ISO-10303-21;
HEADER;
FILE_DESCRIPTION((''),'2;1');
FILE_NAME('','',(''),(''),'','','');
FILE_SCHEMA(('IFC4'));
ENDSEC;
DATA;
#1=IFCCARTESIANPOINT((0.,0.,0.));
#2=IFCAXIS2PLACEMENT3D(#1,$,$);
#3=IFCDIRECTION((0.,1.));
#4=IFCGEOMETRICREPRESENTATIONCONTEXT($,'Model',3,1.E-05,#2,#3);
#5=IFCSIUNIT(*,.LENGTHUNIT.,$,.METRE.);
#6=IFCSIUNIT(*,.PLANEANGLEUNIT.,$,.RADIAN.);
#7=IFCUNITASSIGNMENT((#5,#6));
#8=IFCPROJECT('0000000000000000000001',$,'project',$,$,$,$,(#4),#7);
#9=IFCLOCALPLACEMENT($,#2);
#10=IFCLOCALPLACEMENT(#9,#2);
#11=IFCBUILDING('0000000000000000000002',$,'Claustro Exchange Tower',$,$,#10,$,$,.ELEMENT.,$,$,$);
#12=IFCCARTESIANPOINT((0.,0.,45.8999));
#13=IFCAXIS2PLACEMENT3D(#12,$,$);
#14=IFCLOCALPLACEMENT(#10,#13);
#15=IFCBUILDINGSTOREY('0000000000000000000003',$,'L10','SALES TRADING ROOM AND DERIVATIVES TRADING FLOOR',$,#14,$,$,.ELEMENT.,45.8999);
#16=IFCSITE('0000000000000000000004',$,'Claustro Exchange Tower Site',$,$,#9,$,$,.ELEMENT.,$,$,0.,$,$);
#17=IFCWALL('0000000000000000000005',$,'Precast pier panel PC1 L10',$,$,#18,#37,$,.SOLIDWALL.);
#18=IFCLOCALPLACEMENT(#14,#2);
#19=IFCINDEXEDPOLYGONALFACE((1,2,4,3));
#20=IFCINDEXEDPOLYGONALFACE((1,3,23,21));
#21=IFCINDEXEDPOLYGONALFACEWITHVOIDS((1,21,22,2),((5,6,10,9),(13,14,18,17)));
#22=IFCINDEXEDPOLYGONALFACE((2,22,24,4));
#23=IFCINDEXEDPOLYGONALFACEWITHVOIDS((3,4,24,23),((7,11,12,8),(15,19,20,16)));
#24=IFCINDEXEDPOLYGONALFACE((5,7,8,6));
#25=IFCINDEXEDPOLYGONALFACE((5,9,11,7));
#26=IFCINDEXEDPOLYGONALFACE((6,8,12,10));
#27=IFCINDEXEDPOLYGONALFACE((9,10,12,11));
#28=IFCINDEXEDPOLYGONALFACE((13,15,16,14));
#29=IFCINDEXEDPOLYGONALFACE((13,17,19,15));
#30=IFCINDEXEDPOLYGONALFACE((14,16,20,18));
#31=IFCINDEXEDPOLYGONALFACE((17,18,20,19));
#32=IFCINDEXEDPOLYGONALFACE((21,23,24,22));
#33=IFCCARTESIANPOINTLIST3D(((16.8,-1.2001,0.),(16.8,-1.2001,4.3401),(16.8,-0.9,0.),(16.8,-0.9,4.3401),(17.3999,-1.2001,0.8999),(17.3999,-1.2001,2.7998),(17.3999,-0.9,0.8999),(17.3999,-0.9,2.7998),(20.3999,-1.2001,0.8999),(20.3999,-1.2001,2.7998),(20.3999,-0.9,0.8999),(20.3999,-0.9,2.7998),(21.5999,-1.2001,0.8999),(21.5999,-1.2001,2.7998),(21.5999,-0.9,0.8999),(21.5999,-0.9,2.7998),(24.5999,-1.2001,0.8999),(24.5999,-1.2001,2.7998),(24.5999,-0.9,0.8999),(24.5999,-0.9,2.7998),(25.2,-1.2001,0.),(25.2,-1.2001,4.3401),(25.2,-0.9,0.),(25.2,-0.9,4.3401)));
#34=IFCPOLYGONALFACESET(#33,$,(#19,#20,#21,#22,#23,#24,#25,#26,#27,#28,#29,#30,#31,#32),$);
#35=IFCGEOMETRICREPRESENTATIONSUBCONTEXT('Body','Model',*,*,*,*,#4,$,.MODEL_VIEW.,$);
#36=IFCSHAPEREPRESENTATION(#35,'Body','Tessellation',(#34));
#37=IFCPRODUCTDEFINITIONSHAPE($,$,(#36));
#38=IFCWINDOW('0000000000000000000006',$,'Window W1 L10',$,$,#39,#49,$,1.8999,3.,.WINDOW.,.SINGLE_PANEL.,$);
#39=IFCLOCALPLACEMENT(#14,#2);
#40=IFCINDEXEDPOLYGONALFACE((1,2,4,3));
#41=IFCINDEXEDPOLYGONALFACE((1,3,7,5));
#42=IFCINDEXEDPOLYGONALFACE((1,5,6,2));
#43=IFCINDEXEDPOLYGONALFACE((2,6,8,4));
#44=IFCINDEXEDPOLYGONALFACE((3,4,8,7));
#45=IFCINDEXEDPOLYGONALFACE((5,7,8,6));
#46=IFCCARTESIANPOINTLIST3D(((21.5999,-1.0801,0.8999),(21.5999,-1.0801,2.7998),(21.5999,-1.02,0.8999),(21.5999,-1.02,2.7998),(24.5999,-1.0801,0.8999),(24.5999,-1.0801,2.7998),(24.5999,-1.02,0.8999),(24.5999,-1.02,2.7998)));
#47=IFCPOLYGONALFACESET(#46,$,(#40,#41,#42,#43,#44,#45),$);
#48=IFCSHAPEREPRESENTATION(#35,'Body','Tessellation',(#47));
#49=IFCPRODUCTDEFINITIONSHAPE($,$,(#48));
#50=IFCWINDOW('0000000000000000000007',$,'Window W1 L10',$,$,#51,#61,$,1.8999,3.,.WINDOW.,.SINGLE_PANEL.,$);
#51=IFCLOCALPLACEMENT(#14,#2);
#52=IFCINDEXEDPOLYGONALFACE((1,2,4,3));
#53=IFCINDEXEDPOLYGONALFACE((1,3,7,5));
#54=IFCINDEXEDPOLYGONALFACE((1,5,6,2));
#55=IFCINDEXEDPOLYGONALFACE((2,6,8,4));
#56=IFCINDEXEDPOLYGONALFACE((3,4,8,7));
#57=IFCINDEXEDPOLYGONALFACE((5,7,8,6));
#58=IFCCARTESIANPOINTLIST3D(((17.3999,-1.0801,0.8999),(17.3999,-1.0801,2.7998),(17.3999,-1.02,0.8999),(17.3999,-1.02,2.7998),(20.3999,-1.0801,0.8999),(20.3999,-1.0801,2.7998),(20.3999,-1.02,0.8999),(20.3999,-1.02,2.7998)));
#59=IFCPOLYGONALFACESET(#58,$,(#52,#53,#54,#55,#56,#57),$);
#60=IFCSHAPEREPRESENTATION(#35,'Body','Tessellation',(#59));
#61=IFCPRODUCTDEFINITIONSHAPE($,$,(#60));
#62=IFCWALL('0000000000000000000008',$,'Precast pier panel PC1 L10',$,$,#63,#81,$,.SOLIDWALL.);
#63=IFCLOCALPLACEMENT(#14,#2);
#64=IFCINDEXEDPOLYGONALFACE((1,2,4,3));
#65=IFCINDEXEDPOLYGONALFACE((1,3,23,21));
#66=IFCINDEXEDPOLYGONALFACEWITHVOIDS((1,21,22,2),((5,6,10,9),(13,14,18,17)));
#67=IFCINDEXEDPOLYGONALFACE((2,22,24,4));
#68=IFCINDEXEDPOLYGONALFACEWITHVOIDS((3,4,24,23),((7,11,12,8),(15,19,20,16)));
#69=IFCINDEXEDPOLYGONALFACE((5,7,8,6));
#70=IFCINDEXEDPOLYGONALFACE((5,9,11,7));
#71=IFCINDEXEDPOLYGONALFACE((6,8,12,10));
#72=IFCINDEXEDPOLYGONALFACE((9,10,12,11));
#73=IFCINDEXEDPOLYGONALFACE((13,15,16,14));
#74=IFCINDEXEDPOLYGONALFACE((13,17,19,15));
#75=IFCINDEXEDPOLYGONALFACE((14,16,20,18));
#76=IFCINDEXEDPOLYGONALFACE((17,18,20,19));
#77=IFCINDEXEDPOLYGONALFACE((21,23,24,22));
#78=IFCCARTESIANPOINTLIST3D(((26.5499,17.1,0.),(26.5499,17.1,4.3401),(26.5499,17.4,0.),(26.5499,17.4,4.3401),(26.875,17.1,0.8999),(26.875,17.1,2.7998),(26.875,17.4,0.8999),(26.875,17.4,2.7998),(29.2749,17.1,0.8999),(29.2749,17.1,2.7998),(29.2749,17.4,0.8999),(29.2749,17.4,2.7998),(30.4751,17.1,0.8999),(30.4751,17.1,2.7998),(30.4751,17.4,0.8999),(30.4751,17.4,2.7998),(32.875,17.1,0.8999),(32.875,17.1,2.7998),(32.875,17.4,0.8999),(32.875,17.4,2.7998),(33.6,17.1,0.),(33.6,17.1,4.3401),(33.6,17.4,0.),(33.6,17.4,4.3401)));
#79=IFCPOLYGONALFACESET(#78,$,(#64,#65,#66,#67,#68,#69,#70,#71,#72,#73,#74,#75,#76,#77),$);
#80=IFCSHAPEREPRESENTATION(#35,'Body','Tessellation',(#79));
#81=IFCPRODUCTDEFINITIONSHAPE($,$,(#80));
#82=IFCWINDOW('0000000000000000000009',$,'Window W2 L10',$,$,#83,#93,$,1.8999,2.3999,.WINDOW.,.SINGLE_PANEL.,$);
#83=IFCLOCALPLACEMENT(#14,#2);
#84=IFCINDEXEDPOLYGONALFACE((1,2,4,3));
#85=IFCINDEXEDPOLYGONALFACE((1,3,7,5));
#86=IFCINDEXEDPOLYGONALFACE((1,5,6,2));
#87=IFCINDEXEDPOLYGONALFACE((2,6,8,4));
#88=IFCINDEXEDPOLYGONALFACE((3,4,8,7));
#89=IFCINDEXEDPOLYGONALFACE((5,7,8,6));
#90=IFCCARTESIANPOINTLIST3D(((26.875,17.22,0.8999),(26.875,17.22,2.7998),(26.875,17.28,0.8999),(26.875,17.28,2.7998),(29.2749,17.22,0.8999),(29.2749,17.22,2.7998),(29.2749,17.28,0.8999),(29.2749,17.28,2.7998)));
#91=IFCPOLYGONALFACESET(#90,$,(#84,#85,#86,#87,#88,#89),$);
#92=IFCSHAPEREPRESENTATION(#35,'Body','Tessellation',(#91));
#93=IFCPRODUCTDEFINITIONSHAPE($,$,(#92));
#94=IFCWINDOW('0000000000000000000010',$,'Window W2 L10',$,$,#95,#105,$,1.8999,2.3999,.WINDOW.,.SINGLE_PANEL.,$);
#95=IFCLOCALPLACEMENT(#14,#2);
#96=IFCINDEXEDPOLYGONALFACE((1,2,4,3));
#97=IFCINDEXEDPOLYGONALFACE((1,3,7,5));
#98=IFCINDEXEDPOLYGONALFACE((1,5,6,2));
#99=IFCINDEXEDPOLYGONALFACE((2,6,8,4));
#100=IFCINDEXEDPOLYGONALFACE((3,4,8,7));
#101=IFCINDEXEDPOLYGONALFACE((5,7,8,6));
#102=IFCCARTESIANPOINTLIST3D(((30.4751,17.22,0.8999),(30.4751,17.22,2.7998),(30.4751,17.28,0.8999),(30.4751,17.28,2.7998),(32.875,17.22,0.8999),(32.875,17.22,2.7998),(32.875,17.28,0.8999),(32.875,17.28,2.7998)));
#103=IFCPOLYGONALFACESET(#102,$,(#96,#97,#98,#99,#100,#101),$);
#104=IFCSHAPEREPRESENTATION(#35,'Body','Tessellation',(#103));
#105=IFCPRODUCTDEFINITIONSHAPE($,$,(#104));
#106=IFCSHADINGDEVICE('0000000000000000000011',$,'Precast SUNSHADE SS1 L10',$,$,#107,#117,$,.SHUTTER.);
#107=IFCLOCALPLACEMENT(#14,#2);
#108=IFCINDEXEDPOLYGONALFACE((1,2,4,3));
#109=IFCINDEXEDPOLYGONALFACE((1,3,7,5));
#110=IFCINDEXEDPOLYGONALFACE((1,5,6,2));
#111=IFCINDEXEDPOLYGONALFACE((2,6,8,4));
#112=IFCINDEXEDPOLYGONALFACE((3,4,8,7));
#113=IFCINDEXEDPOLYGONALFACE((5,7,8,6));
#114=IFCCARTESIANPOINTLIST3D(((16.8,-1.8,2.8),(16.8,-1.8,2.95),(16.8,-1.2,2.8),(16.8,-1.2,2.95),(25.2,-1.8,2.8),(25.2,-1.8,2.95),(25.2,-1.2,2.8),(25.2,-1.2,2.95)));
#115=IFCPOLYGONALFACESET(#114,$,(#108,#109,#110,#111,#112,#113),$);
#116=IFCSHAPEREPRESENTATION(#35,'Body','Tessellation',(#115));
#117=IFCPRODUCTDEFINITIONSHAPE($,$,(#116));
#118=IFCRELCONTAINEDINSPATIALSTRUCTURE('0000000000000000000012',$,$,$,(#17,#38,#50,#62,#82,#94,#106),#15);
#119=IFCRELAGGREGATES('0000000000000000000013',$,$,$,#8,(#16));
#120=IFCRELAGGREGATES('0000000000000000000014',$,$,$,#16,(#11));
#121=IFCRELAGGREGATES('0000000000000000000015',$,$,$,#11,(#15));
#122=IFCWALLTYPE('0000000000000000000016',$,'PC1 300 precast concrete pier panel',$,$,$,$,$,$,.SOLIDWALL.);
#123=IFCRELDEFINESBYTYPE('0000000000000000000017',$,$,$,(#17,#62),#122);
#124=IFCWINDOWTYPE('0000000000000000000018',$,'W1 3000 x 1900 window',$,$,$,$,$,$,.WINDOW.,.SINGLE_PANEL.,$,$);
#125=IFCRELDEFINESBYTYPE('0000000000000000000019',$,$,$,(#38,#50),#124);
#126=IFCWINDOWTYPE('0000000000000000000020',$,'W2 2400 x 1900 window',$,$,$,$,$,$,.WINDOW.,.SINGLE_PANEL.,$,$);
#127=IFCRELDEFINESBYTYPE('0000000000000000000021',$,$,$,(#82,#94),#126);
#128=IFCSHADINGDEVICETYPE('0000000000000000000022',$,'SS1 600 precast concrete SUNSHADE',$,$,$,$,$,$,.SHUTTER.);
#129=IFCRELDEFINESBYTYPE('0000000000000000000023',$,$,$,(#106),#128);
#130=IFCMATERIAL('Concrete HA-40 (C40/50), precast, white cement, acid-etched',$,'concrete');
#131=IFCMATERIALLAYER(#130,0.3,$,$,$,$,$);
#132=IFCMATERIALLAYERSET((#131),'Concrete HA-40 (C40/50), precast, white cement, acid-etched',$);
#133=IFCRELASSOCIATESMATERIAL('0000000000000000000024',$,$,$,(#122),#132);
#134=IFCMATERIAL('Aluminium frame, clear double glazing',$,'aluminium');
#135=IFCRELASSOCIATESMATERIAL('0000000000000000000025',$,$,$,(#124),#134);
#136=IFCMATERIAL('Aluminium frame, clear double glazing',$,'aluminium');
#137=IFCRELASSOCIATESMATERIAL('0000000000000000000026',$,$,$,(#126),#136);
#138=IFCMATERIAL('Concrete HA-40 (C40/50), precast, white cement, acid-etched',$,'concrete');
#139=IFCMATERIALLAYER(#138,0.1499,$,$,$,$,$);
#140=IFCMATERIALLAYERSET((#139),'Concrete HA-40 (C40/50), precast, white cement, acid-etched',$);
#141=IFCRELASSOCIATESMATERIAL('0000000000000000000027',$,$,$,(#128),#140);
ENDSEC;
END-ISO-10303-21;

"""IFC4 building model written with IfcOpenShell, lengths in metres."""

from ifc_helpers import new_model, si_unit, direction, frame, frame_2d, origin, origin_2d, place, context, subcontext, project, spatial, rectangle, extrude, material, layer, layer_set, type_object, element, fill, save


model = new_model("IFC4")

# Units and contexts
model_context = context("Model", 3, precision=1e-05, world=origin(), true_north=direction((0.0, 1.0)))
body_context = subcontext(model_context, "Body", "Model", "MODEL_VIEW")
ifc_project = project(units=[si_unit("LENGTHUNIT", "METRE"), si_unit("PLANEANGLEUNIT", "RADIAN")], contexts=[model_context])

# Site, building, storey
site_placement = place(None, origin())
site = spatial("IfcSite", under=ifc_project, at=site_placement, Name="Claustro Exchange Tower Site", CompositionType="ELEMENT", RefElevation=0.0)
building_placement = place(site_placement, origin())
building = spatial("IfcBuilding", under=site, at=building_placement, Name="Claustro Exchange Tower", CompositionType="ELEMENT")
storey_placement = place(building_placement, frame((0.0, 0.0, 45.8999)))
storey = spatial("IfcBuildingStorey", under=building, at=storey_placement, Name="L10", Description="SALES TRADING ROOM AND DERIVATIVES TRADING FLOOR", CompositionType="ELEMENT", Elevation=45.8999)

# Walls, openings, windows
ifc_material_1 = material(Name="Concrete HA-40 (C40/50), precast, white cement, acid-etched", Category="concrete")
ifc_layer_1 = layer(ifc_material_1, 0.3)
ifc_layer_set_1 = layer_set([ifc_layer_1], Name="Concrete HA-40 (C40/50), precast, white cement, acid-etched")
wall_type_1 = type_object("IfcWallType", Name="PC1 300 precast concrete pier panel", PredefinedType="SOLIDWALL", material=ifc_layer_set_1)
wall_1_placement = place(storey_placement, frame((25.2, -1.05, 0.0), z_axis=(0.0, 0.0, 1.0), x_axis=(-1.0, 0.0, 0.0)))
wall_1 = element("IfcWall", 1, at=wall_1_placement, inside=storey, type_object=wall_type_1, Name="Precast pier panel PC1 L10", PredefinedType="SOLIDWALL", context=body_context, shape_type="SweptSolid", body=[
    extrude(rectangle(XDim=8.3999, YDim=0.3, at=frame_2d((4.2, 0.0))), origin(), (0.0, 0.0, 1.0), 4.3401),
])
opening_1_placement = place(wall_1_placement, frame((0.6001, 0.0, 0.8999)))
opening_1 = element("IfcOpeningElement", 2, at=opening_1_placement, cuts=wall_1, PredefinedType="OPENING", context=body_context, shape_type="SweptSolid", body=[
    extrude(rectangle(XDim=3.0, YDim=1.8999, at=frame_2d((1.5, 0.95))), frame((0.0, 0.1599, 0.0), z_axis=(0.0, -1.0, 0.0), x_axis=(1.0, 0.0, 0.0)), (0.0, 0.0, 1.0), 0.3201),
])
opening_2_placement = place(wall_1_placement, frame((4.8, 0.0, 0.8999)))
opening_2 = element("IfcOpeningElement", 3, at=opening_2_placement, cuts=wall_1, PredefinedType="OPENING", context=body_context, shape_type="SweptSolid", body=[
    extrude(rectangle(XDim=3.0, YDim=1.8999, at=frame_2d((1.5, 0.95))), frame((0.0, 0.1599, 0.0), z_axis=(0.0, -1.0, 0.0), x_axis=(1.0, 0.0, 0.0)), (0.0, 0.0, 1.0), 0.3201),
])
ifc_material_2 = material(Name="Aluminium frame, clear double glazing", Category="aluminium")
window_type_1 = type_object("IfcWindowType", Name="W1 3000 x 1900 window", PartitioningType="SINGLE_PANEL", PredefinedType="WINDOW", material=ifc_material_2)
window_1_placement = place(opening_1_placement, origin())
window_1 = element("IfcWindow", 4, at=window_1_placement, inside=storey, type_object=window_type_1, Name="Window W1 L10", OverallHeight=1.8999, OverallWidth=3.0, PartitioningType="SINGLE_PANEL", PredefinedType="WINDOW", context=body_context, shape_type="SweptSolid", body=[
    extrude(rectangle(XDim=3.0, YDim=1.8999, at=frame_2d((1.5, 0.95))), frame((0.0, 0.03, 0.0), z_axis=(0.0, -1.0, 0.0), x_axis=(1.0, 0.0, 0.0)), (0.0, 0.0, 1.0), 0.0601),
])
fill(opening_1, window_1)
window_2_placement = place(opening_2_placement, origin())
window_2 = element("IfcWindow", 5, at=window_2_placement, inside=storey, type_object=window_type_1, Name="Window W1 L10", OverallHeight=1.8999, OverallWidth=3.0, PartitioningType="SINGLE_PANEL", PredefinedType="WINDOW", context=body_context, shape_type="SweptSolid", body=[
    extrude(rectangle(XDim=3.0, YDim=1.8999, at=frame_2d((1.5, 0.95))), frame((0.0, 0.03, 0.0), z_axis=(0.0, -1.0, 0.0), x_axis=(1.0, 0.0, 0.0)), (0.0, 0.0, 1.0), 0.0601),
])
fill(opening_2, window_2)
wall_2_placement = place(storey_placement, frame((26.55, 17.25, 0.0), z_axis=(0.0, 0.0, 1.0), x_axis=(1.0, 0.0, 0.0)))
wall_2 = element("IfcWall", 6, at=wall_2_placement, inside=storey, type_object=wall_type_1, Name="Precast pier panel PC1 L10", PredefinedType="SOLIDWALL", context=body_context, shape_type="SweptSolid", body=[
    extrude(rectangle(XDim=7.05, YDim=0.3, at=frame_2d((3.5249, 0.0))), origin(), (0.0, 0.0, 1.0), 4.3401),
])
opening_3_placement = place(wall_2_placement, frame((0.325, 0.0, 0.8999)))
opening_3 = element("IfcOpeningElement", 7, at=opening_3_placement, cuts=wall_2, PredefinedType="OPENING", context=body_context, shape_type="SweptSolid", body=[
    extrude(rectangle(XDim=2.3999, YDim=1.8999, at=frame_2d((1.2, 0.95))), frame((0.0, 0.1599, 0.0), z_axis=(0.0, -1.0, 0.0), x_axis=(1.0, 0.0, 0.0)), (0.0, 0.0, 1.0), 0.3201),
])
opening_4_placement = place(wall_2_placement, frame((3.925, 0.0, 0.8999)))
opening_4 = element("IfcOpeningElement", 8, at=opening_4_placement, cuts=wall_2, PredefinedType="OPENING", context=body_context, shape_type="SweptSolid", body=[
    extrude(rectangle(XDim=2.3999, YDim=1.8999, at=frame_2d((1.2, 0.95))), frame((0.0, 0.1599, 0.0), z_axis=(0.0, -1.0, 0.0), x_axis=(1.0, 0.0, 0.0)), (0.0, 0.0, 1.0), 0.3201),
])
ifc_material_3 = material(Name="Aluminium frame, clear double glazing", Category="aluminium")
window_type_2 = type_object("IfcWindowType", Name="W2 2400 x 1900 window", PartitioningType="SINGLE_PANEL", PredefinedType="WINDOW", material=ifc_material_3)
window_3_placement = place(opening_3_placement, origin())
window_3 = element("IfcWindow", 9, at=window_3_placement, inside=storey, type_object=window_type_2, Name="Window W2 L10", OverallHeight=1.8999, OverallWidth=2.3999, PartitioningType="SINGLE_PANEL", PredefinedType="WINDOW", context=body_context, shape_type="SweptSolid", body=[
    extrude(rectangle(XDim=2.3999, YDim=1.8999, at=frame_2d((1.2, 0.95))), frame((0.0, 0.03, 0.0), z_axis=(0.0, -1.0, 0.0), x_axis=(1.0, 0.0, 0.0)), (0.0, 0.0, 1.0), 0.0601),
])
fill(opening_3, window_3)
window_4_placement = place(opening_4_placement, origin())
window_4 = element("IfcWindow", 10, at=window_4_placement, inside=storey, type_object=window_type_2, Name="Window W2 L10", OverallHeight=1.8999, OverallWidth=2.3999, PartitioningType="SINGLE_PANEL", PredefinedType="WINDOW", context=body_context, shape_type="SweptSolid", body=[
    extrude(rectangle(XDim=2.3999, YDim=1.8999, at=frame_2d((1.2, 0.95))), frame((0.0, 0.03, 0.0), z_axis=(0.0, -1.0, 0.0), x_axis=(1.0, 0.0, 0.0)), (0.0, 0.0, 1.0), 0.0601),
])
fill(opening_4, window_4)

# Shading device
ifc_material_4 = material(Name="Concrete HA-40 (C40/50), precast, white cement, acid-etched", Category="concrete")
ifc_layer_2 = layer(ifc_material_4, 0.1499)
ifc_layer_set_2 = layer_set([ifc_layer_2], Name="Concrete HA-40 (C40/50), precast, white cement, acid-etched")
shading_device_type = type_object("IfcShadingDeviceType", Name="SS1 600 precast concrete SUNSHADE", PredefinedType="SHUTTER", material=ifc_layer_set_2)
shading_device_placement = place(storey_placement, frame((21.0, -1.5, 2.8), z_axis=(0.0, 0.0, 1.0), x_axis=(-1.0, 0.0, 0.0)))
element("IfcShadingDevice", 11, at=shading_device_placement, inside=storey, type_object=shading_device_type, Name="Precast SUNSHADE SS1 L10", PredefinedType="SHUTTER", context=body_context, shape_type="SweptSolid", body=[
    extrude(rectangle(XDim=8.3999, YDim=0.6001, at=origin_2d()), origin(), (0.0, 0.0, 1.0), 0.1499),
])

save(model, "model.ifc")
